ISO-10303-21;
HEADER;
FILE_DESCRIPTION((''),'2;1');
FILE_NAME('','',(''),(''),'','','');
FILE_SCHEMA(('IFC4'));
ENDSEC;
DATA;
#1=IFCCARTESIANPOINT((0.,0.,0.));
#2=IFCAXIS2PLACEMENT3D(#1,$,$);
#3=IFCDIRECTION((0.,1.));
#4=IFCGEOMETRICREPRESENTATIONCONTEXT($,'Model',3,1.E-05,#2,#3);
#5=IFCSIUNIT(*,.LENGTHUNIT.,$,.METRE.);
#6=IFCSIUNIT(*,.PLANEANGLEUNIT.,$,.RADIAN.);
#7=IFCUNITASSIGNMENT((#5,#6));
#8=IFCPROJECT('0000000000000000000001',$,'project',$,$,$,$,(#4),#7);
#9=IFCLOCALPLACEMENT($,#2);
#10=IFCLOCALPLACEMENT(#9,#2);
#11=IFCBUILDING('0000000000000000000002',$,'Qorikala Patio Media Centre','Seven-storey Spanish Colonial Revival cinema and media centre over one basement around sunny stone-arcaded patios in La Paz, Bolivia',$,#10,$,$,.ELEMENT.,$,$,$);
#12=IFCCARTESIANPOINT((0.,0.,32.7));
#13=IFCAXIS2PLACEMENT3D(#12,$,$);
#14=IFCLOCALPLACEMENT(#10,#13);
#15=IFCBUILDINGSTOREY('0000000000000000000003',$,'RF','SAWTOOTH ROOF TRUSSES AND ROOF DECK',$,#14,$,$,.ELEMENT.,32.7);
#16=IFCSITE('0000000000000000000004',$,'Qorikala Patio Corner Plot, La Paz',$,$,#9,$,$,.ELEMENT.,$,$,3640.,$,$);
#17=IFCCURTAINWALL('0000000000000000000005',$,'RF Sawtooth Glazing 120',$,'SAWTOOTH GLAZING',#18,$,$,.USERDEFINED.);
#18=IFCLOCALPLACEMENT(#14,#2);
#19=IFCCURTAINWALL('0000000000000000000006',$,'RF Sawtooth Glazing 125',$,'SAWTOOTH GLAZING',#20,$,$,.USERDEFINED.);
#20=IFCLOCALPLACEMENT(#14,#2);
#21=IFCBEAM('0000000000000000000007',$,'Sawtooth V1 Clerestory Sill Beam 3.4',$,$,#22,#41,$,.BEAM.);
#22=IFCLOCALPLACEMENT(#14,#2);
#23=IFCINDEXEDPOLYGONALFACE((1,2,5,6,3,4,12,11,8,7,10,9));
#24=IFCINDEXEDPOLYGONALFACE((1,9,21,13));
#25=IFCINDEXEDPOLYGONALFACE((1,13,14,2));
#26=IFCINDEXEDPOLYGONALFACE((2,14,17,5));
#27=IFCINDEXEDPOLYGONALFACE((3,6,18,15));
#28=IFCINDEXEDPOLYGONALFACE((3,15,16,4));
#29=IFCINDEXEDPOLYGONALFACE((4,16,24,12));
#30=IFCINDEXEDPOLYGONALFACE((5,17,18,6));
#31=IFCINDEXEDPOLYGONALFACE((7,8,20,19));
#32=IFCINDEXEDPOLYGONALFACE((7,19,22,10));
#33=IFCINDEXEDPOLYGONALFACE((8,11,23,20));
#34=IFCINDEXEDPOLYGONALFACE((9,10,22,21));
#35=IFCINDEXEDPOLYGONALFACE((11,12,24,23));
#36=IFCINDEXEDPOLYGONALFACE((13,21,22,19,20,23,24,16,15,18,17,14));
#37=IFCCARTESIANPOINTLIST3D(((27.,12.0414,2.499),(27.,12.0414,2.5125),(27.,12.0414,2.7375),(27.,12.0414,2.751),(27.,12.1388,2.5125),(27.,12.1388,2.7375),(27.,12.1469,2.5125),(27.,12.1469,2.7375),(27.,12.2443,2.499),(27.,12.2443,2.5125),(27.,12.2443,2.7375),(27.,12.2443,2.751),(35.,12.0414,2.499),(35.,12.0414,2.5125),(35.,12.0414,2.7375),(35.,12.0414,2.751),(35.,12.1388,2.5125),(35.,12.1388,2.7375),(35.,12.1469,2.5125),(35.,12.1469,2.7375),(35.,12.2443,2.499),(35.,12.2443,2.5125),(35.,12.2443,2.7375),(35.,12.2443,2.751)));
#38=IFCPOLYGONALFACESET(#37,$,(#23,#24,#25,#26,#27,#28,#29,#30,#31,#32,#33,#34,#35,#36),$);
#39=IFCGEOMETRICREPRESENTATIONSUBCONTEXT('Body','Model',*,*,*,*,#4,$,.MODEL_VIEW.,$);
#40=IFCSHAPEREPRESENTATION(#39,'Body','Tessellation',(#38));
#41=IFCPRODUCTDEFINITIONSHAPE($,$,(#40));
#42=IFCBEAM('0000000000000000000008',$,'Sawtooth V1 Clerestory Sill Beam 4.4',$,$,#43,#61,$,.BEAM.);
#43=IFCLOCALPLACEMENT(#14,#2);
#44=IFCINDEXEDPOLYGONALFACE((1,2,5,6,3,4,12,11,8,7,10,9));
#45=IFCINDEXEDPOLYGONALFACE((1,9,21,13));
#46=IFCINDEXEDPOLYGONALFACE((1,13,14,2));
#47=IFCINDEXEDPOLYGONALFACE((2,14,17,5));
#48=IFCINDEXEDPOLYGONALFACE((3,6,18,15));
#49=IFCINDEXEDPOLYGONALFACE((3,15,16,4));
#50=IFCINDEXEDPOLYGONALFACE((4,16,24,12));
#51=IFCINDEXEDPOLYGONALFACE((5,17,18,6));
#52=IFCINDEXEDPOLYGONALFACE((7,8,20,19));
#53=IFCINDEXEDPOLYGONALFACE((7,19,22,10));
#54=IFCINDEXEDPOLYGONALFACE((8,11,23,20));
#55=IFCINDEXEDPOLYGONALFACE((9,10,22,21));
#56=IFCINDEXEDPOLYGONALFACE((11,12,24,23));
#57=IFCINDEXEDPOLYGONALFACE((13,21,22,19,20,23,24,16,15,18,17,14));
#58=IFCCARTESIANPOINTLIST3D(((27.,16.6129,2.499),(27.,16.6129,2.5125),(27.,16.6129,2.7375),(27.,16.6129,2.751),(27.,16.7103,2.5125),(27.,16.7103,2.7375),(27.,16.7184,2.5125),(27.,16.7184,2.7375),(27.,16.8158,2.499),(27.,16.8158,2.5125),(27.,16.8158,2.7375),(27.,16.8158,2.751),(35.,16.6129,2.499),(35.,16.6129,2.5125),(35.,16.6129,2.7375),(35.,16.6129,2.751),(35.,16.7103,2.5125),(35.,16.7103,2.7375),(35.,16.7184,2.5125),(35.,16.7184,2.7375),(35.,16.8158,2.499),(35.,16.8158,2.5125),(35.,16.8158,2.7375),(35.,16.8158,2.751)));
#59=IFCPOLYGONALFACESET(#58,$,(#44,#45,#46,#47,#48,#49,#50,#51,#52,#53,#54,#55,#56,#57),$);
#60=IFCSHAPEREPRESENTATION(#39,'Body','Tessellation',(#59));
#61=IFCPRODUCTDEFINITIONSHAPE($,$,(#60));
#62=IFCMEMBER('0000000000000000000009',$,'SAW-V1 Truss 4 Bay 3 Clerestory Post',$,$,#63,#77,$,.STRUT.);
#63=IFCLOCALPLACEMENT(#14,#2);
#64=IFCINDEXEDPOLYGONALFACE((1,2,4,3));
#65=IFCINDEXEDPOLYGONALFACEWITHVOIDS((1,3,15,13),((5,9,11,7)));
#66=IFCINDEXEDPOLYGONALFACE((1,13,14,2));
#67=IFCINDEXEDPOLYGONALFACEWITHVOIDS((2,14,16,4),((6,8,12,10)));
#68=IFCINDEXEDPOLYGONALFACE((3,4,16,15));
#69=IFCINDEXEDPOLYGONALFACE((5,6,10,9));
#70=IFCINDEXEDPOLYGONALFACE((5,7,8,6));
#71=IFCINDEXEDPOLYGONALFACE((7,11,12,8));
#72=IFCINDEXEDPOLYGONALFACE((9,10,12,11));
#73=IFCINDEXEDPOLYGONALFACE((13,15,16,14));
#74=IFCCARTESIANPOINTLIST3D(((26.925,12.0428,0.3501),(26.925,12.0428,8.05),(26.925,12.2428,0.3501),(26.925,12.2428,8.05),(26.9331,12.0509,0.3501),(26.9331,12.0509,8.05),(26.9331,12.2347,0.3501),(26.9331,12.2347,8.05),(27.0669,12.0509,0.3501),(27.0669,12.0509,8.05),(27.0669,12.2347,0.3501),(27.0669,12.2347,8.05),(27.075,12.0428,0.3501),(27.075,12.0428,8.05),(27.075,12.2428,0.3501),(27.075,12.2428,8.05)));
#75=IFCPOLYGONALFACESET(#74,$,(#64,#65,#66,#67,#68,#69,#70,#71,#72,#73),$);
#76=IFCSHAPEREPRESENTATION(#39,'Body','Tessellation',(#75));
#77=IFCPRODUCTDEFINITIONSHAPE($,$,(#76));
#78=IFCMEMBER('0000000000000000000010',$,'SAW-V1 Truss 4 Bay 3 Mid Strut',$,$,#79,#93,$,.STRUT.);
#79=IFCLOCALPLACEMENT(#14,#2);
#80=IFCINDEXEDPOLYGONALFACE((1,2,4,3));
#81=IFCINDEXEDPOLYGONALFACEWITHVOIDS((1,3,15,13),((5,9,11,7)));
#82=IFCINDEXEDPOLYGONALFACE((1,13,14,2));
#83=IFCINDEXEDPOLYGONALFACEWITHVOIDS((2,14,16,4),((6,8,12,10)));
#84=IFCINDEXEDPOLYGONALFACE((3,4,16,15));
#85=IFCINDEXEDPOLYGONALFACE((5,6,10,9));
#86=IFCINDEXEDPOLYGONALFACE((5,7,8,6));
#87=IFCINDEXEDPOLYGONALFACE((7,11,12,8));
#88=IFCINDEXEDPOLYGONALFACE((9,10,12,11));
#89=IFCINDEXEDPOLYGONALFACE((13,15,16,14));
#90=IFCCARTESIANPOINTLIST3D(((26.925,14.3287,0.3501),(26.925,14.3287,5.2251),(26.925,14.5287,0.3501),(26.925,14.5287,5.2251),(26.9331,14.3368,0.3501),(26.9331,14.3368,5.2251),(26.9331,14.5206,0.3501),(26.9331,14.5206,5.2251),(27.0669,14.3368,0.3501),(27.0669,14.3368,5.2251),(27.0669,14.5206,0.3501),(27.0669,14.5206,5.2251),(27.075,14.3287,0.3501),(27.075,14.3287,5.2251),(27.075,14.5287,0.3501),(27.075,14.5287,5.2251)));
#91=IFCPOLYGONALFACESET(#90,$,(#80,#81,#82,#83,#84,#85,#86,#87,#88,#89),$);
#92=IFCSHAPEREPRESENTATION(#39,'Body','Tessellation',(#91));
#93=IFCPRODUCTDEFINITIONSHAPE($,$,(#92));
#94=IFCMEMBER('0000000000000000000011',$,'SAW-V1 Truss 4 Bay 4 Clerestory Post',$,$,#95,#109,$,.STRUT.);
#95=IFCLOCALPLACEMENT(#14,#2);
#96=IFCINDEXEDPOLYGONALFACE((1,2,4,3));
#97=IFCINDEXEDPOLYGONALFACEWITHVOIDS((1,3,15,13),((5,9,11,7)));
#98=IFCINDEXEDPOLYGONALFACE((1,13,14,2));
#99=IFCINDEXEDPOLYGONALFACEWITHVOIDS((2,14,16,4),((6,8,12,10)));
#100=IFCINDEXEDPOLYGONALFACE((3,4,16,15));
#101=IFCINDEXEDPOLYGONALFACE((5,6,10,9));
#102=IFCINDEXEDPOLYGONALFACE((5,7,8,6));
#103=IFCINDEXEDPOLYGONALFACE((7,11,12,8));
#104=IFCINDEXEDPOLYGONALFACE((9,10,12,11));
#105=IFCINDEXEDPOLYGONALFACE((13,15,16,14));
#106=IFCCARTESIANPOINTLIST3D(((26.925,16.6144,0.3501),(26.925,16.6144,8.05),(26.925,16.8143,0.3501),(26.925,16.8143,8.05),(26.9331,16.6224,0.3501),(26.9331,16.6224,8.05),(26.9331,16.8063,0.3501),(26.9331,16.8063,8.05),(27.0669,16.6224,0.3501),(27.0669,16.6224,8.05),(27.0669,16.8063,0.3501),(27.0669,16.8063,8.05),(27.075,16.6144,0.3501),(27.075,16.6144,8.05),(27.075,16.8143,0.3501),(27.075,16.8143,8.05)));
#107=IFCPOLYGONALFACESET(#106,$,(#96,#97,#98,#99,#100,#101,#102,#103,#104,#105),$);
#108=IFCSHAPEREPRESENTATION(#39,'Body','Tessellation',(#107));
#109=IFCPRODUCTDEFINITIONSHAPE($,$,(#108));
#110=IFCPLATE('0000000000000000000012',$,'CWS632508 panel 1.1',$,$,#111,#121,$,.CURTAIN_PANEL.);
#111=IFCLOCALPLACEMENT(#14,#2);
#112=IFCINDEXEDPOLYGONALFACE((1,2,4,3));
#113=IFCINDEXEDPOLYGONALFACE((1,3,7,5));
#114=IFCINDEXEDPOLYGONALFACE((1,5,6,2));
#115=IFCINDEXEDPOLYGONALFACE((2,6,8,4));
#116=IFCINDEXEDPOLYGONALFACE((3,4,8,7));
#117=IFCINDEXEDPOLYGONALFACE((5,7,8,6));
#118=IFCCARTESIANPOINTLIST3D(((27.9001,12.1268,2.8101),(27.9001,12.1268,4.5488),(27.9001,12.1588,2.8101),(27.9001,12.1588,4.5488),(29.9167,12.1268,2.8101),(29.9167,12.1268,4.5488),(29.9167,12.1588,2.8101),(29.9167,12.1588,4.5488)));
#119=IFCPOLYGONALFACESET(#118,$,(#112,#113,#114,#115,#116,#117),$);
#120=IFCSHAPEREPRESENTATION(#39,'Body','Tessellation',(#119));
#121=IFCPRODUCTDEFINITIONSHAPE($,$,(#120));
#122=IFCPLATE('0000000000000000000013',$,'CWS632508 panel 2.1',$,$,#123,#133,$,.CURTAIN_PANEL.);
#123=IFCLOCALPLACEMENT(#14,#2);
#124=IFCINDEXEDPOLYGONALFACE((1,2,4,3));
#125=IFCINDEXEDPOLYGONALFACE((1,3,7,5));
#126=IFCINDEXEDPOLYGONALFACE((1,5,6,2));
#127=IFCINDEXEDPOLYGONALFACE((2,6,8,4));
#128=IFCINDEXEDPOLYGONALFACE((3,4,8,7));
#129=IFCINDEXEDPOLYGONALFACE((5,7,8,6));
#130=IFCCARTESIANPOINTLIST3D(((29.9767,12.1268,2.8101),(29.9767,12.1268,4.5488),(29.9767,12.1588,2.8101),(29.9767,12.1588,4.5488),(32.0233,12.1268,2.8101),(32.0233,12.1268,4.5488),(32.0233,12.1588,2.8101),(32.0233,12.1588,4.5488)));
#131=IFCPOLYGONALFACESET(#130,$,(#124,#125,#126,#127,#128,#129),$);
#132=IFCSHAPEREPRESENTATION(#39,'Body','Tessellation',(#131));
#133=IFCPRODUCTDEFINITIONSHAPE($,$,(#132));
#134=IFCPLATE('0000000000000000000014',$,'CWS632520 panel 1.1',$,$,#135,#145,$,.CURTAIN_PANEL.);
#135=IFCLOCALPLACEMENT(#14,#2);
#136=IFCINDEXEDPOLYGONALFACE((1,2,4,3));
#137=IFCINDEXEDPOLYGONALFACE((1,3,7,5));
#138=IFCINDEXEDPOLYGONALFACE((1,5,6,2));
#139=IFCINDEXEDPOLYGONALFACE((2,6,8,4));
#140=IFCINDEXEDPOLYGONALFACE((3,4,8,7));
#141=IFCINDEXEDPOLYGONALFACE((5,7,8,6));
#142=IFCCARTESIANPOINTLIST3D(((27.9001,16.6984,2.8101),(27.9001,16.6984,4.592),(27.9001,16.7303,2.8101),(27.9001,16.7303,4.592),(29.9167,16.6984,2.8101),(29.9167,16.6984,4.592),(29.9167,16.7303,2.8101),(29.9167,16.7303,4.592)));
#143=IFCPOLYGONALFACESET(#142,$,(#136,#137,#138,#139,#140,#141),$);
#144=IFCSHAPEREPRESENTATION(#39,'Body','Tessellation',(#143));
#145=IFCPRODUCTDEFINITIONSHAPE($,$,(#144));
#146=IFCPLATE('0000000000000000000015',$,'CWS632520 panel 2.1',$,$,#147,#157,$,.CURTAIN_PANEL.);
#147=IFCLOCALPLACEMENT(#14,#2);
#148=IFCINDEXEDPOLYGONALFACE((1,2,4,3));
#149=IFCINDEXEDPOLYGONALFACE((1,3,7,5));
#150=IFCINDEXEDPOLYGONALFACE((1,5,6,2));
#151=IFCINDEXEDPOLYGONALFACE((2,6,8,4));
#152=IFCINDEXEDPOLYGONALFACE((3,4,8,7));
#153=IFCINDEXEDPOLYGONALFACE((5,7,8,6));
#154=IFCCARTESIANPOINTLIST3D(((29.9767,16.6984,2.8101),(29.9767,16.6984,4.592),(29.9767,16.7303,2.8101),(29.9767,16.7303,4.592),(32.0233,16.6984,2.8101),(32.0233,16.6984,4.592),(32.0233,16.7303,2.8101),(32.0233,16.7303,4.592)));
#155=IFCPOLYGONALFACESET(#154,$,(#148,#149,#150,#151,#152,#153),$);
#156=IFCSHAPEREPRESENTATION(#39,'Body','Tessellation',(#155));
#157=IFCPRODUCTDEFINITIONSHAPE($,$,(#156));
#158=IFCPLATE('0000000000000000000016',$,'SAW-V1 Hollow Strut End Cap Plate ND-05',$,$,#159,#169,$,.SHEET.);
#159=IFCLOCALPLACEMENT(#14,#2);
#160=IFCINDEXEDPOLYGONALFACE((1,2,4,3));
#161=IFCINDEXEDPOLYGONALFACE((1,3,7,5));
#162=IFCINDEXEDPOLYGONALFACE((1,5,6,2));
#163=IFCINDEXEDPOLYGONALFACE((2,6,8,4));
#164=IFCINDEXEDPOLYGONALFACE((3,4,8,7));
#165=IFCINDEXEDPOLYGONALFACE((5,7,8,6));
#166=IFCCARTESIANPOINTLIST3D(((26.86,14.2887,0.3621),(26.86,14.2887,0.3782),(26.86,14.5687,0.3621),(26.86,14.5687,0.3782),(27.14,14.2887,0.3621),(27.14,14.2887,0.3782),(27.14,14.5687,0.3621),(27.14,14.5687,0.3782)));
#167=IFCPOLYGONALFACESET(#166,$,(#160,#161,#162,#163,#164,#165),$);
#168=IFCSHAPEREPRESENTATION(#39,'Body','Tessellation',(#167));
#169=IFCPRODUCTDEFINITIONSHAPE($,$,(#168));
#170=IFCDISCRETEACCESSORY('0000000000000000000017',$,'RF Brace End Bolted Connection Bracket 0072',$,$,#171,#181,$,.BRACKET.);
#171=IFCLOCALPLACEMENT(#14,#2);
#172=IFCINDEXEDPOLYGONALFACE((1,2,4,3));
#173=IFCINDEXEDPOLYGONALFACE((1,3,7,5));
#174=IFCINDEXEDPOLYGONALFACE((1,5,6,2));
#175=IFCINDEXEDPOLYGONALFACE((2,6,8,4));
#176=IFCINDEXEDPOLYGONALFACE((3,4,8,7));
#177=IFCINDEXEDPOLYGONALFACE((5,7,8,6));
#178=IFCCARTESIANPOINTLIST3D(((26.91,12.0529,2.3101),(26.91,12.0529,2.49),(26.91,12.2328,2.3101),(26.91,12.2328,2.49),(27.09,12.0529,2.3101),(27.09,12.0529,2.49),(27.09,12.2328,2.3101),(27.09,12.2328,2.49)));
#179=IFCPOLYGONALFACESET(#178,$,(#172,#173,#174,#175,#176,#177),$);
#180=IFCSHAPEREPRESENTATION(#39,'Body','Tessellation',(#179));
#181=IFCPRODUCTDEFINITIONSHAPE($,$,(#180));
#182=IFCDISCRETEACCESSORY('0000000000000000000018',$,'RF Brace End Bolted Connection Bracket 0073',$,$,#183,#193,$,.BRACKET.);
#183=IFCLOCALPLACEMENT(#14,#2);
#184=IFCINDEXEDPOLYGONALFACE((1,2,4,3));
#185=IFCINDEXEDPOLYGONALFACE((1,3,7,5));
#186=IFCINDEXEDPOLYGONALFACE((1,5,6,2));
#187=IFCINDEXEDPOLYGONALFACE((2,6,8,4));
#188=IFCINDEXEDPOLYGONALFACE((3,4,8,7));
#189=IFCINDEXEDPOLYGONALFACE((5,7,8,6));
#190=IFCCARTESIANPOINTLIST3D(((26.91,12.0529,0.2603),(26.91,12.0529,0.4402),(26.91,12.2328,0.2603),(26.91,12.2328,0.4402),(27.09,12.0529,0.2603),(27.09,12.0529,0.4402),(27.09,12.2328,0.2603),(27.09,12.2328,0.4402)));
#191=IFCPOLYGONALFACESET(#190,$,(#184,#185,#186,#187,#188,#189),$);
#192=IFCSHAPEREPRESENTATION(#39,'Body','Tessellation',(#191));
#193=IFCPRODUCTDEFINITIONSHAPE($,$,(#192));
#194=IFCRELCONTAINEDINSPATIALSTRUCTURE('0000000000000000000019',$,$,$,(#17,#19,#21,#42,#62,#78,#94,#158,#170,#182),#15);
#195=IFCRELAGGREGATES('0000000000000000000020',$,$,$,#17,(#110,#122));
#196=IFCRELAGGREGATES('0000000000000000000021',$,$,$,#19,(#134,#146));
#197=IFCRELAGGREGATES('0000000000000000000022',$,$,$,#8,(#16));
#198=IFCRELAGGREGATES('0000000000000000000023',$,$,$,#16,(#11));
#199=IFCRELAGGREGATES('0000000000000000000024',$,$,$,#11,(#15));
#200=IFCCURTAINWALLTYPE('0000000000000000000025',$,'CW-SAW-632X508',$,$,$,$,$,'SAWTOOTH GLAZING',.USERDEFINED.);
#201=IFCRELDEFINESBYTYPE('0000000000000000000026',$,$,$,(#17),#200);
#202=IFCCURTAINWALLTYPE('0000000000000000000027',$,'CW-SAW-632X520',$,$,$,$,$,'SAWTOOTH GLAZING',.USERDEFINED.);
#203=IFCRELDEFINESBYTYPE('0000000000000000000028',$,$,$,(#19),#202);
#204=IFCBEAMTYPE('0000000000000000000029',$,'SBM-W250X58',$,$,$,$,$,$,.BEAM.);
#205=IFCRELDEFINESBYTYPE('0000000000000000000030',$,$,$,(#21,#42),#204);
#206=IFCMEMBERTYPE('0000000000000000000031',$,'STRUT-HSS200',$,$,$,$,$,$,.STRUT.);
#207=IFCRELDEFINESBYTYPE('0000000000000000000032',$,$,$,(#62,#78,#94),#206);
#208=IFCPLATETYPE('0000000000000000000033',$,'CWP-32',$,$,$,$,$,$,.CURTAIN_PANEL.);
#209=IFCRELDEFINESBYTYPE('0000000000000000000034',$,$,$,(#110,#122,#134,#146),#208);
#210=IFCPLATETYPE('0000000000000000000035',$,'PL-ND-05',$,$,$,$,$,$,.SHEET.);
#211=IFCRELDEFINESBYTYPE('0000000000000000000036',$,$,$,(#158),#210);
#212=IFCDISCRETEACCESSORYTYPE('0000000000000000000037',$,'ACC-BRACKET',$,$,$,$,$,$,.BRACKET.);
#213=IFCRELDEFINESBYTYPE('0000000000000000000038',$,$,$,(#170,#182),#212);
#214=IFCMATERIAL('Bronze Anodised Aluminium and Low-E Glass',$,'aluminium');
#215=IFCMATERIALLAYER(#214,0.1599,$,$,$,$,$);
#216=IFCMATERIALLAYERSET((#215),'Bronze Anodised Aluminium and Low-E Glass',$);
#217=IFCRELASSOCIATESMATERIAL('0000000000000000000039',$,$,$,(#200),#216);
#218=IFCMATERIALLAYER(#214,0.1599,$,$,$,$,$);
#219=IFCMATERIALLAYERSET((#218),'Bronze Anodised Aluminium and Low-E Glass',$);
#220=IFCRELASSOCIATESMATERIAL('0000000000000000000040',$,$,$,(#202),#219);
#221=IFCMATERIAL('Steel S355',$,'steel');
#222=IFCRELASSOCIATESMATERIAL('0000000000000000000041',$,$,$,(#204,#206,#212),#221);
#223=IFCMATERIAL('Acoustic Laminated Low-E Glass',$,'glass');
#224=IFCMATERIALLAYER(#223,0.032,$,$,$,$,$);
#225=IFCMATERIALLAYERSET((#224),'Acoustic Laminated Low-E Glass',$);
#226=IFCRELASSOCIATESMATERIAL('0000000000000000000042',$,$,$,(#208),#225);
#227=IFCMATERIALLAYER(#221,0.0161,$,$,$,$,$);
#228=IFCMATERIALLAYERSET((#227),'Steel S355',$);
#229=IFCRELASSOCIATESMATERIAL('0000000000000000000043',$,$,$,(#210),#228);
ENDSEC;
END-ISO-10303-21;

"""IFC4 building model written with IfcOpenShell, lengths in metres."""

from ifc_helpers import new_model, si_unit, direction, frame, origin, origin_2d, place, context, subcontext, project, spatial, rectangle, hollow_rectangle, i_section, extrude, material, layer, layer_set, material_profile, profile_set, type_object, element, aggregate, save


model = new_model("IFC4")

# Units and contexts
model_context = context("Model", 3, precision=1e-05, world=origin(), true_north=direction((0.0, 1.0)))
body_context = subcontext(model_context, "Body", "Model", "MODEL_VIEW")
ifc_project = project(units=[si_unit("LENGTHUNIT", "METRE"), si_unit("PLANEANGLEUNIT", "RADIAN")], contexts=[model_context])

# Site, building, storey
site_placement = place(None, origin())
site = spatial("IfcSite", under=ifc_project, at=site_placement, Name="Qorikala Patio Corner Plot, La Paz", CompositionType="ELEMENT", RefElevation=3640.0)
building_placement = place(site_placement, origin())
building = spatial("IfcBuilding", under=site, at=building_placement, Name="Qorikala Patio Media Centre", Description="Seven-storey Spanish Colonial Revival cinema and media centre over one basement around sunny stone-arcaded patios in La Paz, Bolivia", CompositionType="ELEMENT")
storey_placement = place(building_placement, frame((0.0, 0.0, 32.7)))
storey = spatial("IfcBuildingStorey", under=building, at=storey_placement, Name="RF", Description="SAWTOOTH ROOF TRUSSES AND ROOF DECK", CompositionType="ELEMENT", Elevation=32.7)

# Shared definitions
ifc_material_1 = material(Name="Steel S355", Category="steel")

# Curtain walls
ifc_material_2 = material(Name="Bronze Anodised Aluminium and Low-E Glass", Category="aluminium")
ifc_layer_1 = layer(ifc_material_2, 0.1599)
ifc_layer_set_1 = layer_set([ifc_layer_1], Name="Bronze Anodised Aluminium and Low-E Glass")
curtain_wall_type_1 = type_object("IfcCurtainWallType", Name="CW-SAW-632X508", ElementType="SAWTOOTH GLAZING", PredefinedType="USERDEFINED", material=ifc_layer_set_1)
curtain_wall_1_placement = place(storey_placement, origin())
curtain_wall_1 = element("IfcCurtainWall", 1, at=curtain_wall_1_placement, inside=storey, type_object=curtain_wall_type_1, Name="RF Sawtooth Glazing 120", ObjectType="SAWTOOTH GLAZING", PredefinedType="USERDEFINED")
ifc_layer_2 = layer(ifc_material_2, 0.1599)
ifc_layer_set_2 = layer_set([ifc_layer_2], Name="Bronze Anodised Aluminium and Low-E Glass")
curtain_wall_type_2 = type_object("IfcCurtainWallType", Name="CW-SAW-632X520", ElementType="SAWTOOTH GLAZING", PredefinedType="USERDEFINED", material=ifc_layer_set_2)
curtain_wall_2_placement = place(storey_placement, origin())
curtain_wall_2 = element("IfcCurtainWall", 2, at=curtain_wall_2_placement, inside=storey, type_object=curtain_wall_type_2, Name="RF Sawtooth Glazing 125", ObjectType="SAWTOOTH GLAZING", PredefinedType="USERDEFINED")

# Beams
ifc_material_profile_1 = material_profile(ifc_material_1, i_section(OverallWidth=0.2029, OverallDepth=0.252, WebThickness=0.0081, FlangeThickness=0.0134, at=origin_2d()), Name="W250X58")
ifc_profile_set_1 = profile_set([ifc_material_profile_1], Name="Steel S355")
beam_type = type_object("IfcBeamType", Name="SBM-W250X58", PredefinedType="BEAM", material=ifc_profile_set_1)
for number, where, z_axis, x_axis, name in (
    (3, (27.0, 12.1428, 2.625), (1.0, 0.0, 0.0), (0.0, 1.0, 0.0), "Sawtooth V1 Clerestory Sill Beam 3.4"),
    (4, (27.0, 16.7144, 2.625), (1.0, 0.0, 0.0), (0.0, 1.0, 0.0), "Sawtooth V1 Clerestory Sill Beam 4.4"),
):
    element("IfcBeam", number, at=place(storey_placement, frame(where, z_axis=z_axis, x_axis=x_axis)), inside=storey, type_object=beam_type, Name=name, PredefinedType="BEAM", context=body_context, shape_type="SweptSolid", body=[
        extrude(i_section(OverallWidth=0.2029, OverallDepth=0.252, WebThickness=0.0081, FlangeThickness=0.0134, at=origin_2d()), origin(), (0.0, 0.0, 1.0), 8.0),
    ])

# Members
ifc_material_profile_2 = material_profile(ifc_material_1, hollow_rectangle(XDim=0.1499, YDim=0.2, WallThickness=0.0081, at=origin_2d()), Name="HSS200X150X8")
ifc_profile_set_2 = profile_set([ifc_material_profile_2], Name="Steel S355")
member_type_1 = type_object("IfcMemberType", Name="STRUT-HSS200", PredefinedType="STRUT", material=ifc_profile_set_2)
member_1_placement = place(storey_placement, frame((27.0, 12.1428, 0.3501), z_axis=(0.0, 0.0, 1.0), x_axis=(1.0, 0.0, 0.0)))
element("IfcMember", 5, at=member_1_placement, inside=storey, type_object=member_type_1, Name="SAW-V1 Truss 4 Bay 3 Clerestory Post", PredefinedType="STRUT", context=body_context, shape_type="SweptSolid", body=[
    extrude(hollow_rectangle(XDim=0.1499, YDim=0.2, WallThickness=0.0081, at=origin_2d()), origin(), (0.0, 0.0, 1.0), 7.7),
])
member_2_placement = place(storey_placement, frame((27.0, 14.4287, 0.3501), z_axis=(0.0, 0.0, 1.0), x_axis=(1.0, 0.0, 0.0)))
element("IfcMember", 6, at=member_2_placement, inside=storey, type_object=member_type_1, Name="SAW-V1 Truss 4 Bay 3 Mid Strut", PredefinedType="STRUT", context=body_context, shape_type="SweptSolid", body=[
    extrude(hollow_rectangle(XDim=0.1499, YDim=0.2, WallThickness=0.0081, at=origin_2d()), origin(), (0.0, 0.0, 1.0), 4.875),
])
member_3_placement = place(storey_placement, frame((27.0, 16.7144, 0.3501), z_axis=(0.0, 0.0, 1.0), x_axis=(1.0, 0.0, 0.0)))
element("IfcMember", 7, at=member_3_placement, inside=storey, type_object=member_type_1, Name="SAW-V1 Truss 4 Bay 4 Clerestory Post", PredefinedType="STRUT", context=body_context, shape_type="SweptSolid", body=[
    extrude(hollow_rectangle(XDim=0.1499, YDim=0.2, WallThickness=0.0081, at=origin_2d()), origin(), (0.0, 0.0, 1.0), 7.7),
])

# Plates
ifc_material_3 = material(Name="Acoustic Laminated Low-E Glass", Category="glass")
ifc_layer_3 = layer(ifc_material_3, 0.032)
ifc_layer_set_3 = layer_set([ifc_layer_3], Name="Acoustic Laminated Low-E Glass")
plate_type_1 = type_object("IfcPlateType", Name="CWP-32", PredefinedType="CURTAIN_PANEL", material=ifc_layer_set_3)
plate_1_placement = place(storey_placement, frame((28.9084, 12.1428, 2.8101), z_axis=(0.0, 0.0, 1.0), x_axis=(1.0, 0.0, 0.0)))
plate_1 = element("IfcPlate", 8, at=plate_1_placement, type_object=plate_type_1, Name="CWS632508 panel 1.1", PredefinedType="CURTAIN_PANEL", context=body_context, shape_type="SweptSolid", body=[
    extrude(rectangle(XDim=2.0166, YDim=0.032, at=origin_2d()), origin(), (0.0, 0.0, 1.0), 1.7388),
])
plate_2_placement = place(storey_placement, frame((31.0, 12.1428, 2.8101), z_axis=(0.0, 0.0, 1.0), x_axis=(1.0, 0.0, 0.0)))
plate_2 = element("IfcPlate", 9, at=plate_2_placement, type_object=plate_type_1, Name="CWS632508 panel 2.1", PredefinedType="CURTAIN_PANEL", context=body_context, shape_type="SweptSolid", body=[
    extrude(rectangle(XDim=2.0466, YDim=0.032, at=origin_2d()), origin(), (0.0, 0.0, 1.0), 1.7388),
])
aggregate(curtain_wall_1, [plate_1, plate_2])
plate_3_placement = place(storey_placement, frame((28.9084, 16.7144, 2.8101), z_axis=(0.0, 0.0, 1.0), x_axis=(1.0, 0.0, 0.0)))
plate_3 = element("IfcPlate", 10, at=plate_3_placement, type_object=plate_type_1, Name="CWS632520 panel 1.1", PredefinedType="CURTAIN_PANEL", context=body_context, shape_type="SweptSolid", body=[
    extrude(rectangle(XDim=2.0166, YDim=0.032, at=origin_2d()), origin(), (0.0, 0.0, 1.0), 1.782),
])
plate_4_placement = place(storey_placement, frame((31.0, 16.7144, 2.8101), z_axis=(0.0, 0.0, 1.0), x_axis=(1.0, 0.0, 0.0)))
plate_4 = element("IfcPlate", 11, at=plate_4_placement, type_object=plate_type_1, Name="CWS632520 panel 2.1", PredefinedType="CURTAIN_PANEL", context=body_context, shape_type="SweptSolid", body=[
    extrude(rectangle(XDim=2.0466, YDim=0.032, at=origin_2d()), origin(), (0.0, 0.0, 1.0), 1.782),
])
aggregate(curtain_wall_2, [plate_3, plate_4])
ifc_layer_4 = layer(ifc_material_1, 0.0161)
ifc_layer_set_4 = layer_set([ifc_layer_4], Name="Steel S355")
plate_type_2 = type_object("IfcPlateType", Name="PL-ND-05", PredefinedType="SHEET", material=ifc_layer_set_4)
plate_5_placement = place(storey_placement, frame((27.0, 14.4287, 0.3621), z_axis=(0.0, 0.0, 1.0), x_axis=(1.0, 0.0, 0.0)))
element("IfcPlate", 12, at=plate_5_placement, inside=storey, type_object=plate_type_2, Name="SAW-V1 Hollow Strut End Cap Plate ND-05", PredefinedType="SHEET", context=body_context, shape_type="SweptSolid", body=[
    extrude(rectangle(XDim=0.28, YDim=0.28, at=origin_2d()), origin(), (0.0, 0.0, 1.0), 0.0161),
])

# Discrete accessories
discrete_accessory_type = type_object("IfcDiscreteAccessoryType", Name="ACC-BRACKET", PredefinedType="BRACKET", material=ifc_material_1)
for number, where, z_axis, x_axis, name in (
    (13, (27.0, 12.1428, 2.3101), (0.0, 0.0, 1.0), (1.0, 0.0, 0.0), "RF Brace End Bolted Connection Bracket 0072"),
    (14, (27.0, 12.1428, 0.2603), (0.0, 0.0, 1.0), (1.0, 0.0, 0.0), "RF Brace End Bolted Connection Bracket 0073"),
):
    element("IfcDiscreteAccessory", number, at=place(storey_placement, frame(where, z_axis=z_axis, x_axis=x_axis)), inside=storey, type_object=discrete_accessory_type, Name=name, PredefinedType="BRACKET", context=body_context, shape_type="SweptSolid", body=[
        extrude(rectangle(XDim=0.1799, YDim=0.1799, at=origin_2d()), origin(), (0.0, 0.0, 1.0), 0.1799),
    ])

save(model, "model.ifc")
